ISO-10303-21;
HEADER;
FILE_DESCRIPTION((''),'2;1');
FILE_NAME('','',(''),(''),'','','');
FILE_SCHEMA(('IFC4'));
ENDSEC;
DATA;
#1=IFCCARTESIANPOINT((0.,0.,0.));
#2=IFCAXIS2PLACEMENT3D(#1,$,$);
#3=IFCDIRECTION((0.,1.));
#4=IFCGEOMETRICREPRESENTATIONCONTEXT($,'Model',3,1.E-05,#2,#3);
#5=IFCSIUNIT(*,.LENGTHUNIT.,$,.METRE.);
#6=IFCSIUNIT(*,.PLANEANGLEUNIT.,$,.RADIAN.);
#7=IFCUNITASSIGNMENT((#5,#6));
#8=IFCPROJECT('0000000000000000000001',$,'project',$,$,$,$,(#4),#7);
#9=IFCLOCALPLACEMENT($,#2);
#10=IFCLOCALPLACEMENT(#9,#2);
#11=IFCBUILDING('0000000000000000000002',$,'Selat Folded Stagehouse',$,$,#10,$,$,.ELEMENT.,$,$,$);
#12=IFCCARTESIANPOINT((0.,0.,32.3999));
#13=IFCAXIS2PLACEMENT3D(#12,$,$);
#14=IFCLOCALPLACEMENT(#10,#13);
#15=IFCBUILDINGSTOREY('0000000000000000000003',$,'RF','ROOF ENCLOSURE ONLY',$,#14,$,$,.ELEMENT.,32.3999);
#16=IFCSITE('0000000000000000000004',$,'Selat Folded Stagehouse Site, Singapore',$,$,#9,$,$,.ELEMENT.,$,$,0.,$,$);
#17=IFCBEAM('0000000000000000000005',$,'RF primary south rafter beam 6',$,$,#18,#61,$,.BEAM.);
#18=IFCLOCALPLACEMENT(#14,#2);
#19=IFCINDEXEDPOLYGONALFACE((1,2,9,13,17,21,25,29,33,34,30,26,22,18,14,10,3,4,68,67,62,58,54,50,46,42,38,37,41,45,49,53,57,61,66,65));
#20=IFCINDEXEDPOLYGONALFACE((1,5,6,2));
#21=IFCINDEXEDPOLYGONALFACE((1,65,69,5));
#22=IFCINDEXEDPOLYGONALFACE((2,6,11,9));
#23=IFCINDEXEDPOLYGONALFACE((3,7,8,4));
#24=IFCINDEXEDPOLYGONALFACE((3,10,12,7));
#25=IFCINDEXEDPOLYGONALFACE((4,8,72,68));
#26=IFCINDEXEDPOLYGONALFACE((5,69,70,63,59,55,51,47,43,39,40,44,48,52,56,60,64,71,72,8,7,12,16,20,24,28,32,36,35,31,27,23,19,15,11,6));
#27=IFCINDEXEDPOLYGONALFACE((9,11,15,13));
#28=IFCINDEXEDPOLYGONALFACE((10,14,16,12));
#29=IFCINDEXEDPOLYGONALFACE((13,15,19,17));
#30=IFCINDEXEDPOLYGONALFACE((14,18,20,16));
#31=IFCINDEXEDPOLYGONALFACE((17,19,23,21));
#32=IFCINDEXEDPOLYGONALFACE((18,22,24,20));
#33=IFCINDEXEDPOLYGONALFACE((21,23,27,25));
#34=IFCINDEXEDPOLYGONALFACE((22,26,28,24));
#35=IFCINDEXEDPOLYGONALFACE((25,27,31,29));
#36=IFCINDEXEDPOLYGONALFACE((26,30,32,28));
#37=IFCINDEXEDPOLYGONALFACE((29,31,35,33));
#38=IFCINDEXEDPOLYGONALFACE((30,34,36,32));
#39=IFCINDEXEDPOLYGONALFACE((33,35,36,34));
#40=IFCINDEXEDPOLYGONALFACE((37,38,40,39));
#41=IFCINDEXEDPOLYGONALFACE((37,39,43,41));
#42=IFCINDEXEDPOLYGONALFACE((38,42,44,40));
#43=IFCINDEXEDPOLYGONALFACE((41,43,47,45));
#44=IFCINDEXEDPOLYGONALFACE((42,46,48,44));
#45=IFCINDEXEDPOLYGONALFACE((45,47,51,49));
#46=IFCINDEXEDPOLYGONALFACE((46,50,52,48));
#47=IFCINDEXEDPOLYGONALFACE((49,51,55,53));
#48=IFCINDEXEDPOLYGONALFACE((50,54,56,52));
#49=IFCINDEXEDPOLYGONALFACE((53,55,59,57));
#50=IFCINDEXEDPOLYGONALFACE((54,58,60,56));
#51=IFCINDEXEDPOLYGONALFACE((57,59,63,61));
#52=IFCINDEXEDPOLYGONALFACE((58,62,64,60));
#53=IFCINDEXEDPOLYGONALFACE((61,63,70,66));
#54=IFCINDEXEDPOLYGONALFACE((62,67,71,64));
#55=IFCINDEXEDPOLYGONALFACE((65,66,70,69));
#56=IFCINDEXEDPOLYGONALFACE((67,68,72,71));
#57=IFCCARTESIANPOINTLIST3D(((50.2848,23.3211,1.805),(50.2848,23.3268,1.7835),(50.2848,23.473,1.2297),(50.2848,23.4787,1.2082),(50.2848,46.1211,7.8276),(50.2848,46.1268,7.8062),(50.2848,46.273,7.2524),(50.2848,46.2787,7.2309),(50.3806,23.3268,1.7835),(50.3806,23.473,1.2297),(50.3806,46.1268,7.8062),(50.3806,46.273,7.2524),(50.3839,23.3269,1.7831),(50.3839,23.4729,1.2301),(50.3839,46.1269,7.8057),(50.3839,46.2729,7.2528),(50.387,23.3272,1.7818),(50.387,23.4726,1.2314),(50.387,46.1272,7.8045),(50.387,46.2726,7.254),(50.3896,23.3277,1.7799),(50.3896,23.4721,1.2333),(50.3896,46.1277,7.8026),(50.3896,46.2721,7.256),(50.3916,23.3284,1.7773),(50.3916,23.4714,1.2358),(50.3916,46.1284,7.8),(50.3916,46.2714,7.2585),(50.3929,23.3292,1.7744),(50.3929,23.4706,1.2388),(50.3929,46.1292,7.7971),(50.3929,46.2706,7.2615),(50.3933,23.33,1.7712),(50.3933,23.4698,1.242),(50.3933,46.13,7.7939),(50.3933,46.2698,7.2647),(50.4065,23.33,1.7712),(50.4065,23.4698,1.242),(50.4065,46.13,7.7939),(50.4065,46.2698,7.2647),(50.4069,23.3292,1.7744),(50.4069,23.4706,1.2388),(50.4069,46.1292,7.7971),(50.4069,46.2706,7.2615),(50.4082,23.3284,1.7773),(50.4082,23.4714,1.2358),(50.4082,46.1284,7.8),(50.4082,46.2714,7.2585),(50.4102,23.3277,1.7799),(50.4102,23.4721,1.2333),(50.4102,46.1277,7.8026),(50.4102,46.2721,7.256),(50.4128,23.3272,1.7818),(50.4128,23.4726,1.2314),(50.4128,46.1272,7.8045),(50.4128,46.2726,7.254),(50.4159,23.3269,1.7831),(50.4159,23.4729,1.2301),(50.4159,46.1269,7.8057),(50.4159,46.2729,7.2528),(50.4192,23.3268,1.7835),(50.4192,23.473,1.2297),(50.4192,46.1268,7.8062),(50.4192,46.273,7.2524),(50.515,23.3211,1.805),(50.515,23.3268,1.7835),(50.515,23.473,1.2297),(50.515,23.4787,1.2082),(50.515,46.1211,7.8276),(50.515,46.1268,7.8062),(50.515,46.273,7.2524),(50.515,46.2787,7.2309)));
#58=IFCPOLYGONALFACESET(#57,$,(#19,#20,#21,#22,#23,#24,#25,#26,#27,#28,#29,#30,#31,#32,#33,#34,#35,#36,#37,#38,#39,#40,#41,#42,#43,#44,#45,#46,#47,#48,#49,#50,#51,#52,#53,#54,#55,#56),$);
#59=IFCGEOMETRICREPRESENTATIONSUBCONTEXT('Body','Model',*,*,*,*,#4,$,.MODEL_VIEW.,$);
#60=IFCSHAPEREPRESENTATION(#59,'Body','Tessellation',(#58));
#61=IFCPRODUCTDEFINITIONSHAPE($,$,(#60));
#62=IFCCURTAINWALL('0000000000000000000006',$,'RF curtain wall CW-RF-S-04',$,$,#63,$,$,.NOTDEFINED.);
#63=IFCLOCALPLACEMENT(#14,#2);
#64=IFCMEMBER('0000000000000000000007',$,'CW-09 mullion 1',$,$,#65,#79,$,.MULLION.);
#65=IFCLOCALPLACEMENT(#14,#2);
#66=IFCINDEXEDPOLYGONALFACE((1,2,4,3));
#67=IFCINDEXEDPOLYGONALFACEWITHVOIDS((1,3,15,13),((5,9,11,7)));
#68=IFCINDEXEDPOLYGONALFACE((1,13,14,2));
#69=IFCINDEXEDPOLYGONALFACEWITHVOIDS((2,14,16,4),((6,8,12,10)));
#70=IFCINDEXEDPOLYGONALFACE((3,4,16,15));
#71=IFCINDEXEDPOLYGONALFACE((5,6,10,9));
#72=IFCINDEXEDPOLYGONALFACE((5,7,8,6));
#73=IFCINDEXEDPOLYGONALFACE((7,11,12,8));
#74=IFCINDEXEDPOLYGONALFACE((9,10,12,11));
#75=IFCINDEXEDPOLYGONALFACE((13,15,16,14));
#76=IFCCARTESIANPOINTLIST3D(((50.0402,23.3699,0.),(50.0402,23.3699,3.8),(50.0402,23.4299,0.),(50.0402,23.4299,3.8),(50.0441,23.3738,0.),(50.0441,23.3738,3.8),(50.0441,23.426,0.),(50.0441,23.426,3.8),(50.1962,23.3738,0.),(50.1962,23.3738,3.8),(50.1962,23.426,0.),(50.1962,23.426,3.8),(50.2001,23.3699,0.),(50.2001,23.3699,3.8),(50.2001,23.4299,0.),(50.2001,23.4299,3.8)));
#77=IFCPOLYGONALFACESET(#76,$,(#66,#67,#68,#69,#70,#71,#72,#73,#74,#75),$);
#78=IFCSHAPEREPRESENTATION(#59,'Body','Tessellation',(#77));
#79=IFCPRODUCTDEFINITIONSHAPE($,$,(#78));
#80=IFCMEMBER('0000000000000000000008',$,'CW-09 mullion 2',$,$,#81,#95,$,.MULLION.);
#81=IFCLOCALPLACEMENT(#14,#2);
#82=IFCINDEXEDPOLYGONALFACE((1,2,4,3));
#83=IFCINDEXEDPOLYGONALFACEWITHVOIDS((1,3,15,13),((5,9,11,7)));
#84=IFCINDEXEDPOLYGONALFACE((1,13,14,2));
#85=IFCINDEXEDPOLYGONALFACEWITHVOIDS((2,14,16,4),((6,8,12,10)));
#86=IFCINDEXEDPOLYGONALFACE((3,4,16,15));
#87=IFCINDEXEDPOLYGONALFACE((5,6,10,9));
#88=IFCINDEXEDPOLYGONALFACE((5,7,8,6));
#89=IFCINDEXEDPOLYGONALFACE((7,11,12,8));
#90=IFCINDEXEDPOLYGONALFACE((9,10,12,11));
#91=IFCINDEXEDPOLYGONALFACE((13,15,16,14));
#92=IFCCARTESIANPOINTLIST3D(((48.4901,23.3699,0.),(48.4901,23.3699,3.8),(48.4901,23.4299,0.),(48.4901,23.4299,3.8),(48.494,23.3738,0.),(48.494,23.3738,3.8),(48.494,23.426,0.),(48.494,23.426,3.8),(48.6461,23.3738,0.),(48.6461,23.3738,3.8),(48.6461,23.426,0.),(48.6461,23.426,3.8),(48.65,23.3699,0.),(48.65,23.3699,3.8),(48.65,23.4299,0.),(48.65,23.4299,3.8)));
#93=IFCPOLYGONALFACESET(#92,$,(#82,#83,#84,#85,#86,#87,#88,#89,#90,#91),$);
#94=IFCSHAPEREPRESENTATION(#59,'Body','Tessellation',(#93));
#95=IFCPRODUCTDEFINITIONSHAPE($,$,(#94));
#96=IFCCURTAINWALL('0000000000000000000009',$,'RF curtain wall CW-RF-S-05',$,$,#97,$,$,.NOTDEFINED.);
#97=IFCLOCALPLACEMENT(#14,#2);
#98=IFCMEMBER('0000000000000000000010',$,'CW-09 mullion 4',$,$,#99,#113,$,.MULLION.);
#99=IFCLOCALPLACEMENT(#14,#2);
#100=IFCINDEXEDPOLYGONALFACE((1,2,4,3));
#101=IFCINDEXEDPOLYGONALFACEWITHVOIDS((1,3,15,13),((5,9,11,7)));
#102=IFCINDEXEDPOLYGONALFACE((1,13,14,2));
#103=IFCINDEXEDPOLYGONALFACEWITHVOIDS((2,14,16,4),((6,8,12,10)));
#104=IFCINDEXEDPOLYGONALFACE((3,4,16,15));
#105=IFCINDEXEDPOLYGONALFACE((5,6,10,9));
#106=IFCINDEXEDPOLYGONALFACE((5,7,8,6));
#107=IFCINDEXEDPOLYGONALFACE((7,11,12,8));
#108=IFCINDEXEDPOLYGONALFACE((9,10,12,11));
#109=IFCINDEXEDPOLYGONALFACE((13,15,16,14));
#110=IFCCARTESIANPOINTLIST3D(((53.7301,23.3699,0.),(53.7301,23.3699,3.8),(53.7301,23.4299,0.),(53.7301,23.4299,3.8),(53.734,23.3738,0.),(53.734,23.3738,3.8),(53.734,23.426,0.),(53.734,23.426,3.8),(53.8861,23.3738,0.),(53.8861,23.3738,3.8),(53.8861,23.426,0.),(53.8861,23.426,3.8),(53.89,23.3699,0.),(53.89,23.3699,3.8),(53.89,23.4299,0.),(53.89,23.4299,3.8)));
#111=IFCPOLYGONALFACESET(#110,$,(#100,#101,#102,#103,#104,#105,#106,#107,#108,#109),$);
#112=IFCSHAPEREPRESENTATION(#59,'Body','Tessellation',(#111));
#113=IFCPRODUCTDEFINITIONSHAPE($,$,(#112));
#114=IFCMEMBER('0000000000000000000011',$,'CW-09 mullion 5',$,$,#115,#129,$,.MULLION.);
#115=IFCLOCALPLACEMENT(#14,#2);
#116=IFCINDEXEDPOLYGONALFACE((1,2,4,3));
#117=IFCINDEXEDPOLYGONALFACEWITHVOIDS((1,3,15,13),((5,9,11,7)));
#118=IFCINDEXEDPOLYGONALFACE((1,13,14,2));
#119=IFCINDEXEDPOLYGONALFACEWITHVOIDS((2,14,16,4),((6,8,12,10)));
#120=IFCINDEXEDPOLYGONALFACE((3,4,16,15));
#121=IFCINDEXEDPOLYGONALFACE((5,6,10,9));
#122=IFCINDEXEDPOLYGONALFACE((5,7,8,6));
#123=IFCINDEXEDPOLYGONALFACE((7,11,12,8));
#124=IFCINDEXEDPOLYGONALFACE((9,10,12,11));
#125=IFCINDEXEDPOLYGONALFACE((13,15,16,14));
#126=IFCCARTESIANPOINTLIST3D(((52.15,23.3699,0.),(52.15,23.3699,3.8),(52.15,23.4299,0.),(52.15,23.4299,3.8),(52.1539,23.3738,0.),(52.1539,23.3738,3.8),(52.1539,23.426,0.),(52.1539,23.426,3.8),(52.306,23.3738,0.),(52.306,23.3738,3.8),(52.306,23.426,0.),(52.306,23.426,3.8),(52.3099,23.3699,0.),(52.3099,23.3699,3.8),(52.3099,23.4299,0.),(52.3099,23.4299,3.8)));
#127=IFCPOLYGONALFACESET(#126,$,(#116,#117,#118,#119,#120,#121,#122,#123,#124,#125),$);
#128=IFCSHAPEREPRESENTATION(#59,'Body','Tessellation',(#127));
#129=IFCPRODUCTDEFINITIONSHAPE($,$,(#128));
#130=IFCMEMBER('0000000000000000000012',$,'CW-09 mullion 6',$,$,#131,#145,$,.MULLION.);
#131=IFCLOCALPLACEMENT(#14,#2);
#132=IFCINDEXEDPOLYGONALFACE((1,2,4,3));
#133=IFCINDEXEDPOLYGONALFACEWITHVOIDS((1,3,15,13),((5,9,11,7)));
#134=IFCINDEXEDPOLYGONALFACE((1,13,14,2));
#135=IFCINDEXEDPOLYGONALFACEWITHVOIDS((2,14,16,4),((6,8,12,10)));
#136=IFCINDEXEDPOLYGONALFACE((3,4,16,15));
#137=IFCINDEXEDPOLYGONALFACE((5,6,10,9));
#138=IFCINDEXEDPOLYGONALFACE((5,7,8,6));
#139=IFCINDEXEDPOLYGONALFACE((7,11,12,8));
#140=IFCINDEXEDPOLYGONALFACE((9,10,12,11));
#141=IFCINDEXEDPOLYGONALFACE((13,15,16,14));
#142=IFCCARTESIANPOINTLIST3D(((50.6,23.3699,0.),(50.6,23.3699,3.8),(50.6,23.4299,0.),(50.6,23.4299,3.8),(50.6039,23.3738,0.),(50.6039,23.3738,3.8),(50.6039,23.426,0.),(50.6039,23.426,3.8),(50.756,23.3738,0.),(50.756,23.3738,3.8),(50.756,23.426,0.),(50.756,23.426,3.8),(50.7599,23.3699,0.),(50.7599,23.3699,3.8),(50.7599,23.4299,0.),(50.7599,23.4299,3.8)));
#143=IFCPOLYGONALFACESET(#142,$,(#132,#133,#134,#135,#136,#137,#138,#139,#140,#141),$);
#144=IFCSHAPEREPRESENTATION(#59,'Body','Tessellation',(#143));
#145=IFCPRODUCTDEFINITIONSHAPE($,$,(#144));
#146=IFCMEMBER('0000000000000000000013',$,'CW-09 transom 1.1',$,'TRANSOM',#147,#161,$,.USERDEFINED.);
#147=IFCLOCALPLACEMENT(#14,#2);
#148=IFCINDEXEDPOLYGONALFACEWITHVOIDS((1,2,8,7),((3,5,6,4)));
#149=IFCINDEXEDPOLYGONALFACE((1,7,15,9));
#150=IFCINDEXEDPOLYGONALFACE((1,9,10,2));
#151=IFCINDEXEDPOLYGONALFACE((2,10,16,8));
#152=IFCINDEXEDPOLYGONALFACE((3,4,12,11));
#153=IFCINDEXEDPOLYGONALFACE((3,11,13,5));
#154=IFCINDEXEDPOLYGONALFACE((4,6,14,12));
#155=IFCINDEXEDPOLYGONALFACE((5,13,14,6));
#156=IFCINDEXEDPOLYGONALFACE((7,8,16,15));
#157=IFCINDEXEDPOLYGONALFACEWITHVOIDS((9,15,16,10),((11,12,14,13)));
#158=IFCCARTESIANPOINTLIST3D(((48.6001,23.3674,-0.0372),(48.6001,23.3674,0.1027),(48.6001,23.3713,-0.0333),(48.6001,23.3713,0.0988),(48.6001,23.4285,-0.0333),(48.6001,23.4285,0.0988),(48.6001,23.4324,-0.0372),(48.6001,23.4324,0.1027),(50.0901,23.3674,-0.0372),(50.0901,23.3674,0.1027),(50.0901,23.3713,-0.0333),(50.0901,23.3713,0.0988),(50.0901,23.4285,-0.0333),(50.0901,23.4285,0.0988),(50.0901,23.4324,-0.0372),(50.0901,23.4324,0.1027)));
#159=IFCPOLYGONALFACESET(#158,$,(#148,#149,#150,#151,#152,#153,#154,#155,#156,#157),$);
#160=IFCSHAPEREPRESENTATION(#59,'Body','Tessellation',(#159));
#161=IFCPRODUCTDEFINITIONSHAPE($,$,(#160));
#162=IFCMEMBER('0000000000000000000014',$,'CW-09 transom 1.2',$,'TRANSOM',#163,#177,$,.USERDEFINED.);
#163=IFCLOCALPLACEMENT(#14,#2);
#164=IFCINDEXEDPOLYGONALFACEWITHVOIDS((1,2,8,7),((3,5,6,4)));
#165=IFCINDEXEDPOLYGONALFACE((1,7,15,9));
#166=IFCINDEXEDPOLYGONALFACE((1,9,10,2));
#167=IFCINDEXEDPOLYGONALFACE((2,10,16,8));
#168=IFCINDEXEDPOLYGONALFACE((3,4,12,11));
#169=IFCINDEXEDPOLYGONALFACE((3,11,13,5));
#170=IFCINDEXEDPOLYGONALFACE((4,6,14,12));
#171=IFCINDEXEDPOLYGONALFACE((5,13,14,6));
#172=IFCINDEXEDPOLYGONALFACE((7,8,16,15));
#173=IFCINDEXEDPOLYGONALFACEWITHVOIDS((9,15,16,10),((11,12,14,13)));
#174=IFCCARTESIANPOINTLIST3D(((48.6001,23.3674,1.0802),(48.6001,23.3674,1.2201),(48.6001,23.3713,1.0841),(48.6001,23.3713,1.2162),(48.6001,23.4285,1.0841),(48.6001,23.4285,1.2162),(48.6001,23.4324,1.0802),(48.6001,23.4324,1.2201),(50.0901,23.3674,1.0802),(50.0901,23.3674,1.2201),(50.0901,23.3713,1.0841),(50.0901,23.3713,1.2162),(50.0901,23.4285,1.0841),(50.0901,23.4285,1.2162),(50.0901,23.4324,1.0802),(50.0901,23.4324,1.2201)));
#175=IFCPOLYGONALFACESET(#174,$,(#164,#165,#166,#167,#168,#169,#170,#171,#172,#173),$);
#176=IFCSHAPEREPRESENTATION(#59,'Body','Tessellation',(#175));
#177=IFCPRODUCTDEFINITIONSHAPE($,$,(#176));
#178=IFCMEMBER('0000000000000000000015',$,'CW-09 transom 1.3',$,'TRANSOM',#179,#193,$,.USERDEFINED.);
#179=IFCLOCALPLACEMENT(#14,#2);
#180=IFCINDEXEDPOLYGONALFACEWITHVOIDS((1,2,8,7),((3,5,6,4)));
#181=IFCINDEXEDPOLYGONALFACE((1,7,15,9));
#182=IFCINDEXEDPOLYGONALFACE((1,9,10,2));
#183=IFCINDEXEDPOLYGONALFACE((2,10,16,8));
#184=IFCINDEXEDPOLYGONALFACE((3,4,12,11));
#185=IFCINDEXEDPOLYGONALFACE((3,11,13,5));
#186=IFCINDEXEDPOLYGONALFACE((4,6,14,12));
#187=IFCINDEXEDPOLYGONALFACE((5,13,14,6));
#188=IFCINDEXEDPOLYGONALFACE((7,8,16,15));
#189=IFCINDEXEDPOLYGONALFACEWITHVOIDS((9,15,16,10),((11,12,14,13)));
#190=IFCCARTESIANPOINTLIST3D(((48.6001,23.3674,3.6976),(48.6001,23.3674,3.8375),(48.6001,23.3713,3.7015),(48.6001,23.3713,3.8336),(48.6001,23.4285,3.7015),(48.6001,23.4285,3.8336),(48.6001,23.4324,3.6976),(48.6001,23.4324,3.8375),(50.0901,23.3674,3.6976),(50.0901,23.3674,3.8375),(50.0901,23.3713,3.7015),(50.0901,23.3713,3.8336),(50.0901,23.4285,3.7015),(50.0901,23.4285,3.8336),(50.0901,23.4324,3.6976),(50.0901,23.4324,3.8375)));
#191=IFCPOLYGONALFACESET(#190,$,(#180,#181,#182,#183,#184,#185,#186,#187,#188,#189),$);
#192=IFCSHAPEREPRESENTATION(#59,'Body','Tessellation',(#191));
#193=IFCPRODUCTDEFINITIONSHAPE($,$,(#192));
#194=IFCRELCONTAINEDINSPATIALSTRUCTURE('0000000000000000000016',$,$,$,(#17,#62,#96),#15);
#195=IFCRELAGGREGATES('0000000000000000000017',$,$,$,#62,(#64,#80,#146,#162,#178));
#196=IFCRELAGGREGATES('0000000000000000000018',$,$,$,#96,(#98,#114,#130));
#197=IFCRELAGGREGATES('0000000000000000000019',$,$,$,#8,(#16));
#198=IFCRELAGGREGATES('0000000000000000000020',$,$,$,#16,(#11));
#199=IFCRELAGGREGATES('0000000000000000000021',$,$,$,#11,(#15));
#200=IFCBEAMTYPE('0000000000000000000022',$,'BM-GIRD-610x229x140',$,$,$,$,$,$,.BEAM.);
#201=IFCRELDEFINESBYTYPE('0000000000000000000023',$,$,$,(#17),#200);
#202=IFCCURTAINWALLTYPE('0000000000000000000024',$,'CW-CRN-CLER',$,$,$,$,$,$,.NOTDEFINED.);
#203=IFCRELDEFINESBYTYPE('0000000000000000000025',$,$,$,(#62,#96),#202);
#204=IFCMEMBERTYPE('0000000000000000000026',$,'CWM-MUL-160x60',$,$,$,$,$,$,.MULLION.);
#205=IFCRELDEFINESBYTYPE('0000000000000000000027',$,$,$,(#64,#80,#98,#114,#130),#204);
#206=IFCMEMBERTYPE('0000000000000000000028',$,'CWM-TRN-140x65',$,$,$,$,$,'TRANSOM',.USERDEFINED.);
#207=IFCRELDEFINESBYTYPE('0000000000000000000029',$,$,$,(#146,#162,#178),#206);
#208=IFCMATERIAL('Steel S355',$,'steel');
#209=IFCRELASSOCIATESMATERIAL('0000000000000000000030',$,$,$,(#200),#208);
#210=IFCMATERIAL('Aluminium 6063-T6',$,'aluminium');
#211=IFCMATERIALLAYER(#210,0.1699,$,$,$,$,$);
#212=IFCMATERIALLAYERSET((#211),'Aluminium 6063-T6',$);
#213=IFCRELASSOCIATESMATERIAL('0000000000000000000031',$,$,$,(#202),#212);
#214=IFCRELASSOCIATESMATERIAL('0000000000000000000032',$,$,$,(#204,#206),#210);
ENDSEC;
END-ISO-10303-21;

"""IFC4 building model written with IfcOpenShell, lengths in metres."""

from ifc_helpers import new_model, si_unit, direction, frame, origin, origin_2d, place, context, subcontext, project, spatial, hollow_rectangle, i_section, extrude, material, layer, layer_set, material_profile, profile_set, type_object, element, aggregate, save


model = new_model("IFC4")

# Units and contexts
model_context = context("Model", 3, precision=1e-05, world=origin(), true_north=direction((0.0, 1.0)))
body_context = subcontext(model_context, "Body", "Model", "MODEL_VIEW")
ifc_project = project(units=[si_unit("LENGTHUNIT", "METRE"), si_unit("PLANEANGLEUNIT", "RADIAN")], contexts=[model_context])

# Site, building, storey
site_placement = place(None, origin())
site = spatial("IfcSite", under=ifc_project, at=site_placement, Name="Selat Folded Stagehouse Site, Singapore", CompositionType="ELEMENT", RefElevation=0.0)
building_placement = place(site_placement, origin())
building = spatial("IfcBuilding", under=site, at=building_placement, Name="Selat Folded Stagehouse", CompositionType="ELEMENT")
storey_placement = place(building_placement, frame((0.0, 0.0, 32.3999)))
storey = spatial("IfcBuildingStorey", under=building, at=storey_placement, Name="RF", Description="ROOF ENCLOSURE ONLY", CompositionType="ELEMENT", Elevation=32.3999)

# Shared definitions
ifc_material_1 = material(Name="Steel S355", Category="steel")

# Beam
ifc_material_profile_1 = material_profile(ifc_material_1, i_section(OverallWidth=0.2302, OverallDepth=0.6172, WebThickness=0.0132, FlangeThickness=0.0222, FilletRadius=0.0127, at=origin_2d()), Name="UKB 610x229x140")
ifc_profile_set_1 = profile_set([ifc_material_profile_1], Name="Steel S355")
beam_type_1 = type_object("IfcBeamType", Name="BM-GIRD-610x229x140", PredefinedType="BEAM", material=ifc_profile_set_1)
beam_1_placement = place(storey_placement, frame((50.3999, 23.3999, 1.5066), z_axis=(0.0, 0.966837, 0.255393), x_axis=(-1.0, 0.0, 0.0)))
element("IfcBeam", 1, at=beam_1_placement, inside=storey, type_object=beam_type_1, Name="RF primary south rafter beam 6", PredefinedType="BEAM", context=body_context, shape_type="SweptSolid", body=[
    extrude(i_section(OverallWidth=0.2302, OverallDepth=0.6172, WebThickness=0.0132, FlangeThickness=0.0222, FilletRadius=0.0127, at=origin_2d()), origin(), (0.0, 0.0, 1.0), 23.582),
])

# Curtain walls, members
ifc_material_2 = material(Name="Aluminium 6063-T6", Category="aluminium")
ifc_layer_1 = layer(ifc_material_2, 0.1699)
ifc_layer_set_1 = layer_set([ifc_layer_1], Name="Aluminium 6063-T6")
curtain_wall_type = type_object("IfcCurtainWallType", Name="CW-CRN-CLER", PredefinedType="NOTDEFINED", material=ifc_layer_set_1)
curtain_wall_1_placement = place(storey_placement, origin())
curtain_wall_1 = element("IfcCurtainWall", 2, at=curtain_wall_1_placement, inside=storey, type_object=curtain_wall_type, Name="RF curtain wall CW-RF-S-04", PredefinedType="NOTDEFINED")
ifc_material_profile_2 = material_profile(ifc_material_2, hollow_rectangle(XDim=0.0601, YDim=0.1599, WallThickness=0.0039, at=origin_2d()), Name="ALU 160x60x4.0")
ifc_profile_set_2 = profile_set([ifc_material_profile_2], Name="Aluminium 6063-T6")
member_type_1 = type_object("IfcMemberType", Name="CWM-MUL-160x60", PredefinedType="MULLION", material=ifc_profile_set_2)
member_1_placement = place(storey_placement, frame((50.1201, 23.3999, 0.0), z_axis=(0.0, 0.0, 1.0), x_axis=(0.0, -1.0, 0.0)))
member_1 = element("IfcMember", 3, at=member_1_placement, type_object=member_type_1, Name="CW-09 mullion 1", PredefinedType="MULLION", context=body_context, shape_type="SweptSolid", body=[
    extrude(hollow_rectangle(XDim=0.0601, YDim=0.1599, WallThickness=0.0039, at=origin_2d()), origin(), (0.0, 0.0, 1.0), 3.8),
])
member_2_placement = place(storey_placement, frame((48.5701, 23.3999, 0.0), z_axis=(0.0, 0.0, 1.0), x_axis=(0.0, -1.0, 0.0)))
member_2 = element("IfcMember", 4, at=member_2_placement, type_object=member_type_1, Name="CW-09 mullion 2", PredefinedType="MULLION", context=body_context, shape_type="SweptSolid", body=[
    extrude(hollow_rectangle(XDim=0.0601, YDim=0.1599, WallThickness=0.0039, at=origin_2d()), origin(), (0.0, 0.0, 1.0), 3.8),
])
curtain_wall_2_placement = place(storey_placement, origin())
curtain_wall_2 = element("IfcCurtainWall", 5, at=curtain_wall_2_placement, inside=storey, type_object=curtain_wall_type, Name="RF curtain wall CW-RF-S-05", PredefinedType="NOTDEFINED")
member_3_placement = place(storey_placement, frame((53.8101, 23.3999, 0.0), z_axis=(0.0, 0.0, 1.0), x_axis=(0.0, -1.0, 0.0)))
member_3 = element("IfcMember", 6, at=member_3_placement, type_object=member_type_1, Name="CW-09 mullion 4", PredefinedType="MULLION", context=body_context, shape_type="SweptSolid", body=[
    extrude(hollow_rectangle(XDim=0.0601, YDim=0.1599, WallThickness=0.0039, at=origin_2d()), origin(), (0.0, 0.0, 1.0), 3.8),
])
member_4_placement = place(storey_placement, frame((52.23, 23.3999, 0.0), z_axis=(0.0, 0.0, 1.0), x_axis=(0.0, -1.0, 0.0)))
member_4 = element("IfcMember", 7, at=member_4_placement, type_object=member_type_1, Name="CW-09 mullion 5", PredefinedType="MULLION", context=body_context, shape_type="SweptSolid", body=[
    extrude(hollow_rectangle(XDim=0.0601, YDim=0.1599, WallThickness=0.0039, at=origin_2d()), origin(), (0.0, 0.0, 1.0), 3.8),
])
member_5_placement = place(storey_placement, frame((50.6799, 23.3999, 0.0), z_axis=(0.0, 0.0, 1.0), x_axis=(0.0, -1.0, 0.0)))
member_5 = element("IfcMember", 8, at=member_5_placement, type_object=member_type_1, Name="CW-09 mullion 6", PredefinedType="MULLION", context=body_context, shape_type="SweptSolid", body=[
    extrude(hollow_rectangle(XDim=0.0601, YDim=0.1599, WallThickness=0.0039, at=origin_2d()), origin(), (0.0, 0.0, 1.0), 3.8),
])

# Members
ifc_material_profile_3 = material_profile(ifc_material_2, hollow_rectangle(XDim=0.0649, YDim=0.1399, WallThickness=0.0039, at=origin_2d()), Name="ALU 140x65x4.0")
ifc_profile_set_3 = profile_set([ifc_material_profile_3], Name="Aluminium 6063-T6")
member_type_2 = type_object("IfcMemberType", Name="CWM-TRN-140x65", ElementType="TRANSOM", PredefinedType="USERDEFINED", material=ifc_profile_set_3)
member_6_placement = place(storey_placement, frame((50.0901, 23.3999, 0.0327), z_axis=(-1.0, 0.0, 0.0), x_axis=(0.0, -1.0, 0.0)))
member_6 = element("IfcMember", 9, at=member_6_placement, type_object=member_type_2, Name="CW-09 transom 1.1", ObjectType="TRANSOM", PredefinedType="USERDEFINED", context=body_context, shape_type="SweptSolid", body=[
    extrude(hollow_rectangle(XDim=0.0649, YDim=0.1399, WallThickness=0.0039, at=origin_2d()), origin(), (0.0, 0.0, 1.0), 1.49),
])
member_7_placement = place(storey_placement, frame((50.0901, 23.3999, 1.1501), z_axis=(-1.0, 0.0, 0.0), x_axis=(0.0, -1.0, 0.0)))
member_7 = element("IfcMember", 10, at=member_7_placement, type_object=member_type_2, Name="CW-09 transom 1.2", ObjectType="TRANSOM", PredefinedType="USERDEFINED", context=body_context, shape_type="SweptSolid", body=[
    extrude(hollow_rectangle(XDim=0.0649, YDim=0.1399, WallThickness=0.0039, at=origin_2d()), origin(), (0.0, 0.0, 1.0), 1.49),
])
member_8_placement = place(storey_placement, frame((50.0901, 23.3999, 3.7676), z_axis=(-1.0, 0.0, 0.0), x_axis=(0.0, -1.0, 0.0)))
member_8 = element("IfcMember", 11, at=member_8_placement, type_object=member_type_2, Name="CW-09 transom 1.3", ObjectType="TRANSOM", PredefinedType="USERDEFINED", context=body_context, shape_type="SweptSolid", body=[
    extrude(hollow_rectangle(XDim=0.0649, YDim=0.1399, WallThickness=0.0039, at=origin_2d()), origin(), (0.0, 0.0, 1.0), 1.49),
])

aggregate(curtain_wall_1, [member_1, member_2, member_6, member_7, member_8])
aggregate(curtain_wall_2, [member_3, member_4, member_5])

save(model, "model.ifc")
